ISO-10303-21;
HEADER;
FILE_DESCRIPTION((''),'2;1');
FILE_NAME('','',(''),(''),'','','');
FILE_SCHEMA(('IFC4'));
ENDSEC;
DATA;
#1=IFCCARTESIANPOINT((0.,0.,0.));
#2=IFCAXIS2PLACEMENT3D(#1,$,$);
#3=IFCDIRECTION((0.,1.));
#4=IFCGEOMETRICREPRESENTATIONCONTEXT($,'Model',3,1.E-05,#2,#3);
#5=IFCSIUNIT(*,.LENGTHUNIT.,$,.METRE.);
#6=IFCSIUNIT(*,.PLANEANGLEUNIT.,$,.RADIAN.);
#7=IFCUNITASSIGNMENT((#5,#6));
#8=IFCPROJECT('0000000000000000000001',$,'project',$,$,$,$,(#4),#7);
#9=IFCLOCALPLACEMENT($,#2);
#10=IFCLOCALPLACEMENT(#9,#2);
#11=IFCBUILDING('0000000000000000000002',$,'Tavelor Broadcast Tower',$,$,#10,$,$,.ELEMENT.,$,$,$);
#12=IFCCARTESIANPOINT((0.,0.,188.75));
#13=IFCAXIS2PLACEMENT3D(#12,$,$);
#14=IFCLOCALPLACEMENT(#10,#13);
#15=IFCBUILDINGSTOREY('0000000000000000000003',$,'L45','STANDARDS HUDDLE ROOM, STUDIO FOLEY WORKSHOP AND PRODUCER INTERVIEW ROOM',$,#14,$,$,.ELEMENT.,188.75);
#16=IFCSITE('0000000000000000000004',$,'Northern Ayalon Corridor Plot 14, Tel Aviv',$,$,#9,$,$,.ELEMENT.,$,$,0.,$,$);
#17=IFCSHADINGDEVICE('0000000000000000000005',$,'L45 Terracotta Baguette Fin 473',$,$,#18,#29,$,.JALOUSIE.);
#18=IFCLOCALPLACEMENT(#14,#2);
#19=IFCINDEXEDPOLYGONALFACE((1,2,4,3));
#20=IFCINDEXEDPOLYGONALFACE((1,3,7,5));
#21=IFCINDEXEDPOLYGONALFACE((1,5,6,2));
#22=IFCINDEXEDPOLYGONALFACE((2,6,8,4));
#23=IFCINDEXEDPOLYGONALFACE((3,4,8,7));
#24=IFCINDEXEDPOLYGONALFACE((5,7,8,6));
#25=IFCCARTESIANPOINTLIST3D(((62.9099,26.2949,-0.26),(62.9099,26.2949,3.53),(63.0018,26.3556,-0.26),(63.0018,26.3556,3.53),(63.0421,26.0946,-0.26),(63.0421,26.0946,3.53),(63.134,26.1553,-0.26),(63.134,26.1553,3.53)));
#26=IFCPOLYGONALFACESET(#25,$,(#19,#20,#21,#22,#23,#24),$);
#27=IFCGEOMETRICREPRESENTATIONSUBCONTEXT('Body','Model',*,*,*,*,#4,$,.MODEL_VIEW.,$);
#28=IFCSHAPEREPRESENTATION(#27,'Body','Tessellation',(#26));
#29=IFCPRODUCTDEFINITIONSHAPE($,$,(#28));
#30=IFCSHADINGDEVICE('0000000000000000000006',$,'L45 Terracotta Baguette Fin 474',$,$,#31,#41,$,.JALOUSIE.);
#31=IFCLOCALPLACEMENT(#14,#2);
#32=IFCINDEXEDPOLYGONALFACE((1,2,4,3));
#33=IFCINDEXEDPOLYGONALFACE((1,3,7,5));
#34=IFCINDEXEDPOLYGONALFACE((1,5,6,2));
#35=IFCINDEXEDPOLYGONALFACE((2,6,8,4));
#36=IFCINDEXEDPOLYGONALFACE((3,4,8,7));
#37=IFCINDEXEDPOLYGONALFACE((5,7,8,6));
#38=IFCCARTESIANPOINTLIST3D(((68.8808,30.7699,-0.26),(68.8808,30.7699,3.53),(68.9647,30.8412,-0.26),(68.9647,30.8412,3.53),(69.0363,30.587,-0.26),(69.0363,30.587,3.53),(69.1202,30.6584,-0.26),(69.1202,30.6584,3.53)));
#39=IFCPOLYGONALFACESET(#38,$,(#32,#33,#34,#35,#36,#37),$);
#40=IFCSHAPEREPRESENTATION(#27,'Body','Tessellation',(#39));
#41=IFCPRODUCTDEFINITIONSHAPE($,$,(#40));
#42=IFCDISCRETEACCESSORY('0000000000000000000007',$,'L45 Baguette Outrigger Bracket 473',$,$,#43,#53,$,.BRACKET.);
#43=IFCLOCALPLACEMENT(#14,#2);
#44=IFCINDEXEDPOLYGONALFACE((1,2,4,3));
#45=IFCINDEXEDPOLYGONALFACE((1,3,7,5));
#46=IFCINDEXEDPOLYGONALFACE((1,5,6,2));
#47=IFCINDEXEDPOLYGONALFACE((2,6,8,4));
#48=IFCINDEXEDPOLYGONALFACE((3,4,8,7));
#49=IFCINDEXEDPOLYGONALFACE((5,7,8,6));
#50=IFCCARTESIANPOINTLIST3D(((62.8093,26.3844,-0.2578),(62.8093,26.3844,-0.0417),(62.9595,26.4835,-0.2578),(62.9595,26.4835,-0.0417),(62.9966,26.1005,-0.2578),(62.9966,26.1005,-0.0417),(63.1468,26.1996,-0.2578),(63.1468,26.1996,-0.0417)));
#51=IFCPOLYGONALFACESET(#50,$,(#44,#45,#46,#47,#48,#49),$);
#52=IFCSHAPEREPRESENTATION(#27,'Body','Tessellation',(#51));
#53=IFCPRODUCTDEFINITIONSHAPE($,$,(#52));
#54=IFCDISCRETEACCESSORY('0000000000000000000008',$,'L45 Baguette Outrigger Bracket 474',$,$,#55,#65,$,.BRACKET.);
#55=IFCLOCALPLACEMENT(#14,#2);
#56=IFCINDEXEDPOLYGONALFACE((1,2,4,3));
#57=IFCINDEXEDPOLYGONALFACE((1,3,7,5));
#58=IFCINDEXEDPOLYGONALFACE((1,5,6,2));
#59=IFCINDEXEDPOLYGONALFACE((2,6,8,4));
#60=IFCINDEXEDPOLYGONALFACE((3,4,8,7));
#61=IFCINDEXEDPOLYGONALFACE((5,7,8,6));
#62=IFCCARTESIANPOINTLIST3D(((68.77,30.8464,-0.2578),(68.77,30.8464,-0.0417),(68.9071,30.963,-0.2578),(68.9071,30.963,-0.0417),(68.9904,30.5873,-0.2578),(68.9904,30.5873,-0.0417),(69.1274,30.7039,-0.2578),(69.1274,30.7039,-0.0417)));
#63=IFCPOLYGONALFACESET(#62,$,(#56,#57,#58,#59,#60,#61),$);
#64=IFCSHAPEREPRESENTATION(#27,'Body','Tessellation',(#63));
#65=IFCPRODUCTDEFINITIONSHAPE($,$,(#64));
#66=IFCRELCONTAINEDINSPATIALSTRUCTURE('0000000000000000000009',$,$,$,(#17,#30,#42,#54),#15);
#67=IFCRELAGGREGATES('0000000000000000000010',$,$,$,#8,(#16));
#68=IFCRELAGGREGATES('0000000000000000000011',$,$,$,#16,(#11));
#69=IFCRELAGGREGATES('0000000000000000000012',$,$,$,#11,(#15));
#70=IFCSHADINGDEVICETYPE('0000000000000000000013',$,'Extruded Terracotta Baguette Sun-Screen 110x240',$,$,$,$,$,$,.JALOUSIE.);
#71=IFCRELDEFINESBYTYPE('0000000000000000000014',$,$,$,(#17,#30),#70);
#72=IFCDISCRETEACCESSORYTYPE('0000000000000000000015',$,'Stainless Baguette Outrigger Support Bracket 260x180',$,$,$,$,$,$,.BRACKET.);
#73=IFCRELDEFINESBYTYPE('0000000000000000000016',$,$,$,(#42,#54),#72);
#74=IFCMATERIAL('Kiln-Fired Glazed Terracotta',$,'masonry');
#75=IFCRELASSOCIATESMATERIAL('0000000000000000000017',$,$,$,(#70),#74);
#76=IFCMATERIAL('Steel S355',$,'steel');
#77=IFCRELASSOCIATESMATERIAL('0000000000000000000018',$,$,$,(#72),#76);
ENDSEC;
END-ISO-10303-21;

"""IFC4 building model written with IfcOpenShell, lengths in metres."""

from ifc_helpers import new_model, si_unit, direction, frame, origin, origin_2d, place, context, subcontext, project, spatial, rectangle, extrude, source, transform, mapped, material, type_object, type_shapes, element, save


model = new_model("IFC4")

# Units and contexts
model_context = context("Model", 3, precision=1e-05, world=origin(), true_north=direction((0.0, 1.0)))
body_context = subcontext(model_context, "Body", "Model", "MODEL_VIEW")
ifc_project = project(units=[si_unit("LENGTHUNIT", "METRE"), si_unit("PLANEANGLEUNIT", "RADIAN")], contexts=[model_context])

# Site, building, storey
site_placement = place(None, origin())
site = spatial("IfcSite", under=ifc_project, at=site_placement, Name="Northern Ayalon Corridor Plot 14, Tel Aviv", CompositionType="ELEMENT", RefElevation=0.0)
building_placement = place(site_placement, origin())
building = spatial("IfcBuilding", under=site, at=building_placement, Name="Tavelor Broadcast Tower", CompositionType="ELEMENT")
storey_placement = place(building_placement, frame((0.0, 0.0, 188.75)))
storey = spatial("IfcBuildingStorey", under=building, at=storey_placement, Name="L45", Description="STANDARDS HUDDLE ROOM, STUDIO FOLEY WORKSHOP AND PRODUCER INTERVIEW ROOM", CompositionType="ELEMENT", Elevation=188.75)

# Shared definitions
ifc_material_1 = material(Name="Steel S355", Category="steel")

# Shading devices
ifc_material_2 = material(Name="Kiln-Fired Glazed Terracotta", Category="masonry")
shading_device_type = type_object("IfcShadingDeviceType", Name="Extruded Terracotta Baguette Sun-Screen 110x240", PredefinedType="JALOUSIE", material=ifc_material_2)
shared_shape_1 = source(origin(), body_context, "Body", "SweptSolid", [
    extrude(rectangle(XDim=0.1101, YDim=0.24, at=origin_2d()), origin(), (0.0, 0.0, 1.0), 3.79),
])
type_shapes(shading_device_type, [shared_shape_1])
for number, where, z_axis, x_axis, name in (
    (1, (63.022, 26.2251, -0.26), (0.0, 0.0, 1.0), (0.834656, 0.550772, 0.0), "L45 Terracotta Baguette Fin 473"),
    (2, (69.0005, 30.7141, -0.26), (0.0, 0.0, 1.0), (0.761764, 0.647854, 0.0), "L45 Terracotta Baguette Fin 474"),
):
    element("IfcShadingDevice", number, at=place(storey_placement, frame(where, z_axis=z_axis, x_axis=x_axis)), inside=storey, type_object=shading_device_type, Name=name, PredefinedType="JALOUSIE", context=body_context, shape_type="MappedRepresentation", body=[
        mapped(shared_shape_1, transform((0.0, 0.0, 0.0), scale=1.0)),
    ])

# Discrete accessories
discrete_accessory_type = type_object("IfcDiscreteAccessoryType", Name="Stainless Baguette Outrigger Support Bracket 260x180", PredefinedType="BRACKET", material=ifc_material_1)
shared_shape_2 = source(origin(), body_context, "Body", "SweptSolid", [
    extrude(rectangle(XDim=0.1799, YDim=0.3401, at=origin_2d()), origin(), (0.0, 0.0, 1.0), 0.2161),
])
type_shapes(discrete_accessory_type, [shared_shape_2])
for number, where, z_axis, x_axis, name in (
    (3, (62.978, 26.292, -0.2578), (0.0, 0.0, 1.0), (0.834656, 0.550772, 0.0), "L45 Baguette Outrigger Bracket 473"),
    (4, (68.9487, 30.7751, -0.2578), (0.0, 0.0, 1.0), (0.761764, 0.647854, 0.0), "L45 Baguette Outrigger Bracket 474"),
):
    element("IfcDiscreteAccessory", number, at=place(storey_placement, frame(where, z_axis=z_axis, x_axis=x_axis)), inside=storey, type_object=discrete_accessory_type, Name=name, PredefinedType="BRACKET", context=body_context, shape_type="MappedRepresentation", body=[
        mapped(shared_shape_2, transform((0.0, 0.0, 0.0), scale=1.0)),
    ])

save(model, "model.ifc")
